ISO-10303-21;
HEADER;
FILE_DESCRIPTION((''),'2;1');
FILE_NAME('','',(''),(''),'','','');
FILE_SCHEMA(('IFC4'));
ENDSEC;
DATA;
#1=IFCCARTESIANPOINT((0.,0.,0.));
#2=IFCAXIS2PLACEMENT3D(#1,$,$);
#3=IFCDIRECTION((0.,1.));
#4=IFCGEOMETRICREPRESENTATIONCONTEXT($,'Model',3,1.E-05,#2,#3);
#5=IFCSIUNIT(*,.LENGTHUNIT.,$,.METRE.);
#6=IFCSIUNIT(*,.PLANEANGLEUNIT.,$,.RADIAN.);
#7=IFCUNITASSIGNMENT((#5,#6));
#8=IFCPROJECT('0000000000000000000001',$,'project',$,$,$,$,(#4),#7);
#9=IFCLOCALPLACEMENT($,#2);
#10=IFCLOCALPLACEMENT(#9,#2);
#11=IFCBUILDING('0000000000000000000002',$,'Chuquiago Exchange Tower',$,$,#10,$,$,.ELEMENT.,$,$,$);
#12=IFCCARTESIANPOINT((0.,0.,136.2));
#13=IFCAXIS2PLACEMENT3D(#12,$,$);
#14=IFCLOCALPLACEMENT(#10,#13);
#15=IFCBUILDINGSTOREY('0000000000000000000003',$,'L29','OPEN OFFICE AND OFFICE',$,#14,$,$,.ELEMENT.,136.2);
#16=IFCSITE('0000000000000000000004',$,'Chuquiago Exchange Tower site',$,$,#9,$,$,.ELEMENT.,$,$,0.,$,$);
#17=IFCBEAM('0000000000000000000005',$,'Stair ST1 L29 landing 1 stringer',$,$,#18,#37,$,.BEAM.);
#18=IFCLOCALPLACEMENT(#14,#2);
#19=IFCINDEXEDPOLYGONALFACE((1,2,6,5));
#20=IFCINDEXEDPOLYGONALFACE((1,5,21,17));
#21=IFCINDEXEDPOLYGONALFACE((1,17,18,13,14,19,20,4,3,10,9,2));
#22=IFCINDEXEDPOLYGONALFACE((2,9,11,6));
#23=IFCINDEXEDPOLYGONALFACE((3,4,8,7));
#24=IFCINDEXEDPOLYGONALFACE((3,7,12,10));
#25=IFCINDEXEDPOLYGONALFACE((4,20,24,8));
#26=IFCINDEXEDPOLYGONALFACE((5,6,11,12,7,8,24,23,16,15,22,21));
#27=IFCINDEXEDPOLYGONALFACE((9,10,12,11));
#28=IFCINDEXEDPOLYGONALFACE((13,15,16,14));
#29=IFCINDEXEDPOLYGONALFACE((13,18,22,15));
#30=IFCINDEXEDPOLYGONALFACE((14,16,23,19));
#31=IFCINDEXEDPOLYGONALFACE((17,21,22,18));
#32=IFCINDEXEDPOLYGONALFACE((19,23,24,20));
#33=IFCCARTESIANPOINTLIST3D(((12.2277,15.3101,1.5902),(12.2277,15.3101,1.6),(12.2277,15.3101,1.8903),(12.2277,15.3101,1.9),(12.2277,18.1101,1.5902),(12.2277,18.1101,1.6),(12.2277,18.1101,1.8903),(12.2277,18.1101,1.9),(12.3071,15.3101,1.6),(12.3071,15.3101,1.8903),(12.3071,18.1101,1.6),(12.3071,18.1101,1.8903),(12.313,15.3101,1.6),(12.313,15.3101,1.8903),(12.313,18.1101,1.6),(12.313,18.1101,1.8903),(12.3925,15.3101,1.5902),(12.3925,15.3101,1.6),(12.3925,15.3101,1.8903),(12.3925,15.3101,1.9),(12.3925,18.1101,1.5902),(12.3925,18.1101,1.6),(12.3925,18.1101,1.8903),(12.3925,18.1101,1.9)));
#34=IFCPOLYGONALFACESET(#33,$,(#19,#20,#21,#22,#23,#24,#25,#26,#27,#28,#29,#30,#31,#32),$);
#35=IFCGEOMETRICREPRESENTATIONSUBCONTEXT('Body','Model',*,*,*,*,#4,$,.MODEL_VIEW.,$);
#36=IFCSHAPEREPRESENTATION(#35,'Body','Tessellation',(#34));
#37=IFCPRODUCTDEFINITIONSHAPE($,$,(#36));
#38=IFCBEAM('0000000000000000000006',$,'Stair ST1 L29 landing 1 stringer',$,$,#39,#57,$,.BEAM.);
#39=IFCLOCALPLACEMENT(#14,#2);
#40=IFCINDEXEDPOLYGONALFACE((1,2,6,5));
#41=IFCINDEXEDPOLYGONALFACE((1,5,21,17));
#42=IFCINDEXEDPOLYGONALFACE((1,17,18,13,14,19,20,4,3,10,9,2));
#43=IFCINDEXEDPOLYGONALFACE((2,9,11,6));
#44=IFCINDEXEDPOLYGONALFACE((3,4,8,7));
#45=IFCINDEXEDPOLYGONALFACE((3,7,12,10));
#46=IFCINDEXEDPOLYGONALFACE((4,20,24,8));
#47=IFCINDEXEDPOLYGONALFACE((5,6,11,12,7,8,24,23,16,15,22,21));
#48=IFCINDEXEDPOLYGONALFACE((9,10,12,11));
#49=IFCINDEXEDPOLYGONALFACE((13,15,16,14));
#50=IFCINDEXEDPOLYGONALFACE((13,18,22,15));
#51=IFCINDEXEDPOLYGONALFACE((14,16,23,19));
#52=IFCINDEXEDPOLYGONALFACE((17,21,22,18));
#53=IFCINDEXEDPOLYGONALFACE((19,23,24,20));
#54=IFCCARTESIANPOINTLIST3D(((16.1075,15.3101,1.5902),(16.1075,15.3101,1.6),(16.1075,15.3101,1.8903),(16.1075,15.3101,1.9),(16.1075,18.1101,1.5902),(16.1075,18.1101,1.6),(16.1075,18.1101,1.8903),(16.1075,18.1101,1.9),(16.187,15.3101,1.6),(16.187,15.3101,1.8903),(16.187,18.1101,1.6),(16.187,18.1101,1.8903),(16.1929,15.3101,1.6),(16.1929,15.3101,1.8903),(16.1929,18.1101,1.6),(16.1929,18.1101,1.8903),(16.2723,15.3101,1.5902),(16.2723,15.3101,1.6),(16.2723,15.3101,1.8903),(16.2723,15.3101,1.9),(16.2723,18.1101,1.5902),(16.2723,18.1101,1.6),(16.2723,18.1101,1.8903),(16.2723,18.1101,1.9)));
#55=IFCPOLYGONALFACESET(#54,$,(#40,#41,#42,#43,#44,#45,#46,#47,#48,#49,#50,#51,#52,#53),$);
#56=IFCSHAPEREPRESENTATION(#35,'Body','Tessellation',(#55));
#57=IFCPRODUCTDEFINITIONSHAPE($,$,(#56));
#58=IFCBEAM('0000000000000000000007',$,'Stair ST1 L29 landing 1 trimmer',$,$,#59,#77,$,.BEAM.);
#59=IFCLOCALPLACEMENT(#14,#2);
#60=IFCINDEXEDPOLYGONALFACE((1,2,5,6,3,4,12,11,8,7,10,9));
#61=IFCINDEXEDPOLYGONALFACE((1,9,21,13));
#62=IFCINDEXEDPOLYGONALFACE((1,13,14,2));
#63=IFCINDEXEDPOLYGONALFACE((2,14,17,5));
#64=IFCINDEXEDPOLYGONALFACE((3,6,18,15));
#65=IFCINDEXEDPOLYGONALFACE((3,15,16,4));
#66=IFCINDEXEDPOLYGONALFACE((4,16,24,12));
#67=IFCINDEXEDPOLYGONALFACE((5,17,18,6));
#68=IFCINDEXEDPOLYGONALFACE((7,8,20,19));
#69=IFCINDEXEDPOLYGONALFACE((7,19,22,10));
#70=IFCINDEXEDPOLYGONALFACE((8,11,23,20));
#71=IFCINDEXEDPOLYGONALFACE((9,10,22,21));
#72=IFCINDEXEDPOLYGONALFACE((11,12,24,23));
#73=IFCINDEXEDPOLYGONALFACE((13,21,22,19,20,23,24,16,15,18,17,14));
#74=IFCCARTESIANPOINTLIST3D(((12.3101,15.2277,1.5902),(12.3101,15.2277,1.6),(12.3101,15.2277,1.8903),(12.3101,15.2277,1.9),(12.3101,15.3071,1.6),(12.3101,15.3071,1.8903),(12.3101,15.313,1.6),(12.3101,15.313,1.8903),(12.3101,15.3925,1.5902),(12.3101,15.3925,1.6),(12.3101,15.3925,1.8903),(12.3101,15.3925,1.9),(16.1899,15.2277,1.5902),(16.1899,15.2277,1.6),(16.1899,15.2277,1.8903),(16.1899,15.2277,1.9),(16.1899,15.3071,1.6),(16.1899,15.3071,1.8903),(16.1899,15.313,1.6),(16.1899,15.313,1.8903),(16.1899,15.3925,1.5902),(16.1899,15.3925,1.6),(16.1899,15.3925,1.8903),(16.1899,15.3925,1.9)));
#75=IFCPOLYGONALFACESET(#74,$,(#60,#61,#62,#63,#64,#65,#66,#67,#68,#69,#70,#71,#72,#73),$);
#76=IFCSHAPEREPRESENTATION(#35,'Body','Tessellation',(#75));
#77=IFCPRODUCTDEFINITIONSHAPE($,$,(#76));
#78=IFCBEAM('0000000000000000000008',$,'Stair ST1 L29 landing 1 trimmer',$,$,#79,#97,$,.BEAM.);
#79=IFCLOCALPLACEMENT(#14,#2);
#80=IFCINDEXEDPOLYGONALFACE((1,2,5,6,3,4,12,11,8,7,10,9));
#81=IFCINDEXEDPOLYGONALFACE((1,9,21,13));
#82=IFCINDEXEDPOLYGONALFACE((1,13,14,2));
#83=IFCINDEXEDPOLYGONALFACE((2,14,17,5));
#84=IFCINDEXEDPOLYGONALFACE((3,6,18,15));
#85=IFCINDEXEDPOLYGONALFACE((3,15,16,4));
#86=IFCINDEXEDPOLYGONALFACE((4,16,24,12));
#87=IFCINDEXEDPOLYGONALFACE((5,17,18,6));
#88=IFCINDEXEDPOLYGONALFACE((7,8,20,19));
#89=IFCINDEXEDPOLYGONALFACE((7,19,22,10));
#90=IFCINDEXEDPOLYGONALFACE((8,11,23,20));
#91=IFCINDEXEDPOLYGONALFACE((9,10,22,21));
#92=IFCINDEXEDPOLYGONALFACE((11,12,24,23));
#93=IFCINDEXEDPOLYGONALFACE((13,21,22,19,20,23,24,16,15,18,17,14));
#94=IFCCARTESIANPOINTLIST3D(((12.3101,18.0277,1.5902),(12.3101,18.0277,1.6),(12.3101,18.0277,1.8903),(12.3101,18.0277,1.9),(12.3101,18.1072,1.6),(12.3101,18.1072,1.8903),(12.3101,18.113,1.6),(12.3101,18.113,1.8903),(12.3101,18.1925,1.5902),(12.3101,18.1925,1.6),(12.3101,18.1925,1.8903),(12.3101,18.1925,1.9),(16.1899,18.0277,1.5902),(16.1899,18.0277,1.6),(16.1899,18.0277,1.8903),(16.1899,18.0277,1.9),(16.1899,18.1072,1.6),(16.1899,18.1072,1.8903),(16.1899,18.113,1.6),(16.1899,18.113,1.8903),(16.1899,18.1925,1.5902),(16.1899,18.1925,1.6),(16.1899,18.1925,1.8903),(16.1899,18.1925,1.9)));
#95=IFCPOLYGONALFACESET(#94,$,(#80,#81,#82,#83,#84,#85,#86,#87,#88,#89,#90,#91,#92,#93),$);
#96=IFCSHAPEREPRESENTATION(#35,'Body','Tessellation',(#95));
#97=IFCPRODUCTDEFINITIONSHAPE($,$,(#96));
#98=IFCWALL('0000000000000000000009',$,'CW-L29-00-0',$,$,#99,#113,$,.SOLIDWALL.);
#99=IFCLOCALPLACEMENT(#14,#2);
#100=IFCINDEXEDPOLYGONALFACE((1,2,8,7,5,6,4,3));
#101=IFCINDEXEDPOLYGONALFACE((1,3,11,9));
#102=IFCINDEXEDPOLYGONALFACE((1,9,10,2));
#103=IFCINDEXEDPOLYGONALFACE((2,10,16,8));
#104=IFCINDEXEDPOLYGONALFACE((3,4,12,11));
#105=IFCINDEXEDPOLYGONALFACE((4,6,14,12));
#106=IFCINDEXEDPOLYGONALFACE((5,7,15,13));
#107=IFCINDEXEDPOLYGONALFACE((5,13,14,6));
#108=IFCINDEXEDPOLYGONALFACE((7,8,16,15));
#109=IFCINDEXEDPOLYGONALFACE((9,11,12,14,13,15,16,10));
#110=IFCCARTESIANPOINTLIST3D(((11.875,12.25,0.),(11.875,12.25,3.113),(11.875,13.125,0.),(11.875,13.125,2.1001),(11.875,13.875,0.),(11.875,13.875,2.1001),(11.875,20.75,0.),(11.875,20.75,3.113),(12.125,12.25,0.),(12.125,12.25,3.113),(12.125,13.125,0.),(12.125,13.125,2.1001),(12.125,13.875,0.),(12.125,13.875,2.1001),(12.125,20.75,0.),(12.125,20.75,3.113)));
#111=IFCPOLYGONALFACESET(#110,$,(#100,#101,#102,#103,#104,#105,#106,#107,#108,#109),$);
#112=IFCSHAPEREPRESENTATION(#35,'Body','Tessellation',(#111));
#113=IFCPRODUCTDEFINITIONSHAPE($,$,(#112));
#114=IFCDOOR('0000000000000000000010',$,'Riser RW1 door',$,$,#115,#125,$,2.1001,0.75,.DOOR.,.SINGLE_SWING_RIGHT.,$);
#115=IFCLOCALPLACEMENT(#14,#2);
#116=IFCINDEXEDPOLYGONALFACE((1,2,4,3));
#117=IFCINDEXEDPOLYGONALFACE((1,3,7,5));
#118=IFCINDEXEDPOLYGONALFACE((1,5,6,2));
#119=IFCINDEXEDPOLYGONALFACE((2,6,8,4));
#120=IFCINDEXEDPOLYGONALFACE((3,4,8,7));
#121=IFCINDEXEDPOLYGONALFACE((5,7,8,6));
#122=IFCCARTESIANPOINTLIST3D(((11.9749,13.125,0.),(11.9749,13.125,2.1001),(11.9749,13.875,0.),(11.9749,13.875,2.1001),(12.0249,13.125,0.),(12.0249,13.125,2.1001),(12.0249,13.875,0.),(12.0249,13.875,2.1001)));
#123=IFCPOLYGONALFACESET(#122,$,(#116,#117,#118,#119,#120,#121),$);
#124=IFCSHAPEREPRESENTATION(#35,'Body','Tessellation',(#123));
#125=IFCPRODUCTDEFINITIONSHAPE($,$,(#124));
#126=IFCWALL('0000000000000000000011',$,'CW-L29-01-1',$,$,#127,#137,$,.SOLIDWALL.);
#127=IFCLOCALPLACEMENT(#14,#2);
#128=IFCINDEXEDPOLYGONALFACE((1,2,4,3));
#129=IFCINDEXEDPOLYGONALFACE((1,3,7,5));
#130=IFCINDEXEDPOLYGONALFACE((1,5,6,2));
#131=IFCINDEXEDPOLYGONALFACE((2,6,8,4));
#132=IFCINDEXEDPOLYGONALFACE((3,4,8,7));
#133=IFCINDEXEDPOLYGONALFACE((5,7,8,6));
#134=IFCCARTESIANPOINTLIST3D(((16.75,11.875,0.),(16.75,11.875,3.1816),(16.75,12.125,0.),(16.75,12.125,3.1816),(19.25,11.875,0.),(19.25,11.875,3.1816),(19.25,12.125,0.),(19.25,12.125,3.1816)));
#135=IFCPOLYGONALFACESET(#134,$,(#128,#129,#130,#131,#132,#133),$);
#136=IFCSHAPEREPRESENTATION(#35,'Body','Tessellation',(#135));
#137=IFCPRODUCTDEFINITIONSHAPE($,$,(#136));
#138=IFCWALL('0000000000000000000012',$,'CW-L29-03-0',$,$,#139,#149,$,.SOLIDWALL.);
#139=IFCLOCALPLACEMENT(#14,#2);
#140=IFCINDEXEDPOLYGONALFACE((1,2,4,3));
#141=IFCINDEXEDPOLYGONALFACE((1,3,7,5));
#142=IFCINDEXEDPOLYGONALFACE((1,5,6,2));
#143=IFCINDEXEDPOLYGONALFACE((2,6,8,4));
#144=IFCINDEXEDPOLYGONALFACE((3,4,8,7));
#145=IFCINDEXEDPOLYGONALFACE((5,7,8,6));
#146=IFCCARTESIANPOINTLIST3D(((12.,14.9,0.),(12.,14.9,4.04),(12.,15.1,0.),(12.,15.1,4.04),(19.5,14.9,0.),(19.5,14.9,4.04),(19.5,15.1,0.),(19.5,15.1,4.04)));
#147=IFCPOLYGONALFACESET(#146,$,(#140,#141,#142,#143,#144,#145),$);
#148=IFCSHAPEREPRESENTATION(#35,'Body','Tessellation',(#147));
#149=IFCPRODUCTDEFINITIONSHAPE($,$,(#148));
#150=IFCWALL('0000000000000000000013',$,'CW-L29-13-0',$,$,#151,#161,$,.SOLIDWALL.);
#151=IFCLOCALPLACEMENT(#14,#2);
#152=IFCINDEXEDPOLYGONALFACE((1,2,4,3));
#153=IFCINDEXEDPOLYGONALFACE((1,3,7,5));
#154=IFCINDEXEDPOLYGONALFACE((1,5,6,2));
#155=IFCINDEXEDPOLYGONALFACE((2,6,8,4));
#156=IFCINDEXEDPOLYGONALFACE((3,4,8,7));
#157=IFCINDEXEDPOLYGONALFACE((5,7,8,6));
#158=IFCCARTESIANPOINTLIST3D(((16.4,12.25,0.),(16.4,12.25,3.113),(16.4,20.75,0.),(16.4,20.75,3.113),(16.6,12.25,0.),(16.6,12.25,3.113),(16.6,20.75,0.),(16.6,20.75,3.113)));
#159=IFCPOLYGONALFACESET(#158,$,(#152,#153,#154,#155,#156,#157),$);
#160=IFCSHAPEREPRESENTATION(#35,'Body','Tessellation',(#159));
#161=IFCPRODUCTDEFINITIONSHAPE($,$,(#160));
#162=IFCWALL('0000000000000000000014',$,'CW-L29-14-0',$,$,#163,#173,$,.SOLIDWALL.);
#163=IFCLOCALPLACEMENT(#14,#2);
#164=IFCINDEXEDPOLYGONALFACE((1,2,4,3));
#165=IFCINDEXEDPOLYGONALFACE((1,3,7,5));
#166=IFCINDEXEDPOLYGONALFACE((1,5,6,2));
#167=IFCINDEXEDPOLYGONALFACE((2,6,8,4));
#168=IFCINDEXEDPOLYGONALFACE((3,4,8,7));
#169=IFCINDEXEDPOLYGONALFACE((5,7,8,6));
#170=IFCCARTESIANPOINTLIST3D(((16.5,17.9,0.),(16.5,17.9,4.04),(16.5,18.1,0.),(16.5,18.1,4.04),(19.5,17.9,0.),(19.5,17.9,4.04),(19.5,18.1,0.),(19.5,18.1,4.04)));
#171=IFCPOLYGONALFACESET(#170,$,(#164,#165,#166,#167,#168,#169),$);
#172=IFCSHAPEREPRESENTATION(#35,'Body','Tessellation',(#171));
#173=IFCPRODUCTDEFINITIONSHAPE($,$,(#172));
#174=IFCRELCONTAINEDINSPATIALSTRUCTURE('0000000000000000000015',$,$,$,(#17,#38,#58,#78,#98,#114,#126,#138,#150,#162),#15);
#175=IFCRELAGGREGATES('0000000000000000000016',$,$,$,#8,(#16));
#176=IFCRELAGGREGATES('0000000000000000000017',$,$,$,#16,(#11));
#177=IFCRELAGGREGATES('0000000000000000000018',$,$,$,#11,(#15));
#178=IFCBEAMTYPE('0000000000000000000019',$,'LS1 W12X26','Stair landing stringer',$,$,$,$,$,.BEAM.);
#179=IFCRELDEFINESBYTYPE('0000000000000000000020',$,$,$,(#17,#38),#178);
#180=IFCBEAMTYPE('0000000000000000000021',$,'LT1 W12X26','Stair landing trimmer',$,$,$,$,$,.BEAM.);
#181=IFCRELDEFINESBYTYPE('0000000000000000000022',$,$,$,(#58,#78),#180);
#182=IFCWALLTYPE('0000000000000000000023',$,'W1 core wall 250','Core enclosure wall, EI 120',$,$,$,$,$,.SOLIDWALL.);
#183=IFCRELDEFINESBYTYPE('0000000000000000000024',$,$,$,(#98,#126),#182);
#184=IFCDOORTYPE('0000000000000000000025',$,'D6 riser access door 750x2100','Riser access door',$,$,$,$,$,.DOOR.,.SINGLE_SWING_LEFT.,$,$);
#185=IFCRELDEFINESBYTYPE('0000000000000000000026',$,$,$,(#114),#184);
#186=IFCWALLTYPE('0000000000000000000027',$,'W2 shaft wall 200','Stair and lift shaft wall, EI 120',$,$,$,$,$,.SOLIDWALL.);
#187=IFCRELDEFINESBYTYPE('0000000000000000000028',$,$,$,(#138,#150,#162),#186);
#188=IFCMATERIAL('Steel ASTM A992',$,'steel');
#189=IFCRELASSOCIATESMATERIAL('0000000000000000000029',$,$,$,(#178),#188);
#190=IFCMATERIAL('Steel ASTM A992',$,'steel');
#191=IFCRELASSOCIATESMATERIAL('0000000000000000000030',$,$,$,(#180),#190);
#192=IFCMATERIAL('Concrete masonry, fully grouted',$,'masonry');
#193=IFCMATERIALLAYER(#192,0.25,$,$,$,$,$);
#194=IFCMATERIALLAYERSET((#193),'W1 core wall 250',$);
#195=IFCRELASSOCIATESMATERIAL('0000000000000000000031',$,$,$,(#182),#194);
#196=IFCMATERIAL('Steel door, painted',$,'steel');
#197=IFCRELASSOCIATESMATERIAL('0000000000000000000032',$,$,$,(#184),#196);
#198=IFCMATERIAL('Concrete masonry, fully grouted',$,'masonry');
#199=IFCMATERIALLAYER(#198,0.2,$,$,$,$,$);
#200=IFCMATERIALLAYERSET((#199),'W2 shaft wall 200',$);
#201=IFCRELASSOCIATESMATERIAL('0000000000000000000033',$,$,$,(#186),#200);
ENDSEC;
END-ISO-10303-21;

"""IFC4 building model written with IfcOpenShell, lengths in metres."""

from ifc_helpers import new_model, si_unit, direction, frame, frame_2d, origin, origin_2d, place, context, subcontext, project, spatial, rectangle, i_section, extrude, material, layer, layer_set, material_profile, profile_set, type_object, element, fill, save


model = new_model("IFC4")

# Units and contexts
model_context = context("Model", 3, precision=1e-05, world=origin(), true_north=direction((0.0, 1.0)))
body_context = subcontext(model_context, "Body", "Model", "MODEL_VIEW")
ifc_project = project(units=[si_unit("LENGTHUNIT", "METRE"), si_unit("PLANEANGLEUNIT", "RADIAN")], contexts=[model_context])

# Site, building, storey
site_placement = place(None, origin())
site = spatial("IfcSite", under=ifc_project, at=site_placement, Name="Chuquiago Exchange Tower site", CompositionType="ELEMENT", RefElevation=0.0)
building_placement = place(site_placement, origin())
building = spatial("IfcBuilding", under=site, at=building_placement, Name="Chuquiago Exchange Tower", CompositionType="ELEMENT")
storey_placement = place(building_placement, frame((0.0, 0.0, 136.2)))
storey = spatial("IfcBuildingStorey", under=building, at=storey_placement, Name="L29", Description="OPEN OFFICE AND OFFICE", CompositionType="ELEMENT", Elevation=136.2)

# Beams
ifc_material_1 = material(Name="Steel ASTM A992", Category="steel")
ifc_material_profile_1 = material_profile(ifc_material_1, i_section(OverallWidth=0.1648, OverallDepth=0.3098, WebThickness=0.0059, FlangeThickness=0.0098, at=origin_2d()), Name="W12X26")
ifc_profile_set_1 = profile_set([ifc_material_profile_1], Name="Steel ASTM A992")
beam_type_1 = type_object("IfcBeamType", Name="LS1 W12X26", Description="Stair landing stringer", PredefinedType="BEAM", material=ifc_profile_set_1)
for number, where, z_axis, x_axis, name in (
    (1, (12.3101, 15.3101, 1.7451), (0.0, 1.0, 0.0), (-1.0, 0.0, 0.0), "Stair ST1 L29 landing 1 stringer"),
    (2, (16.1899, 15.3101, 1.7451), (0.0, 1.0, 0.0), (-1.0, 0.0, 0.0), "Stair ST1 L29 landing 1 stringer"),
):
    element("IfcBeam", number, at=place(storey_placement, frame(where, z_axis=z_axis, x_axis=x_axis)), inside=storey, type_object=beam_type_1, Name=name, PredefinedType="BEAM", context=body_context, shape_type="SweptSolid", body=[
        extrude(i_section(OverallWidth=0.1648, OverallDepth=0.3098, WebThickness=0.0059, FlangeThickness=0.0098, at=origin_2d()), origin(), (0.0, 0.0, 1.0), 2.8),
    ])
ifc_material_2 = material(Name="Steel ASTM A992", Category="steel")
ifc_material_profile_2 = material_profile(ifc_material_2, i_section(OverallWidth=0.1648, OverallDepth=0.3098, WebThickness=0.0059, FlangeThickness=0.0098, at=origin_2d()), Name="W12X26")
ifc_profile_set_2 = profile_set([ifc_material_profile_2], Name="Steel ASTM A992")
beam_type_2 = type_object("IfcBeamType", Name="LT1 W12X26", Description="Stair landing trimmer", PredefinedType="BEAM", material=ifc_profile_set_2)
for number, where, z_axis, x_axis, name in (
    (3, (12.3101, 15.3101, 1.7451), (1.0, 0.0, 0.0), (0.0, 1.0, 0.0), "Stair ST1 L29 landing 1 trimmer"),
    (4, (12.3101, 18.1101, 1.7451), (1.0, 0.0, 0.0), (0.0, 1.0, 0.0), "Stair ST1 L29 landing 1 trimmer"),
):
    element("IfcBeam", number, at=place(storey_placement, frame(where, z_axis=z_axis, x_axis=x_axis)), inside=storey, type_object=beam_type_2, Name=name, PredefinedType="BEAM", context=body_context, shape_type="SweptSolid", body=[
        extrude(i_section(OverallWidth=0.1648, OverallDepth=0.3098, WebThickness=0.0059, FlangeThickness=0.0098, at=origin_2d()), origin(), (0.0, 0.0, 1.0), 3.8799),
    ])

# Wall, opening, door
ifc_material_3 = material(Name="Concrete masonry, fully grouted", Category="masonry")
ifc_layer_1 = layer(ifc_material_3, 0.25)
ifc_layer_set_1 = layer_set([ifc_layer_1], Name="W1 core wall 250")
wall_type_1 = type_object("IfcWallType", Name="W1 core wall 250", Description="Core enclosure wall, EI 120", PredefinedType="SOLIDWALL", material=ifc_layer_set_1)
wall_1_placement = place(storey_placement, frame((12.0, 12.25, 0.0), z_axis=(0.0, 0.0, 1.0), x_axis=(0.0, 1.0, 0.0)))
wall_1 = element("IfcWall", 5, at=wall_1_placement, inside=storey, type_object=wall_type_1, Name="CW-L29-00-0", PredefinedType="SOLIDWALL", context=body_context, shape_type="SweptSolid", body=[
    extrude(rectangle(XDim=8.5, YDim=0.25, at=frame_2d((4.25, 0.0))), origin(), (0.0, 0.0, 1.0), 3.113),
])
opening_placement = place(wall_1_placement, frame((0.875, 0.0, 0.0)))
opening = element("IfcOpeningElement", 6, at=opening_placement, cuts=wall_1, PredefinedType="OPENING", context=body_context, shape_type="SweptSolid", body=[
    extrude(rectangle(XDim=0.75, YDim=2.1001, at=frame_2d((0.375, 1.05))), frame((0.0, 0.135, 0.0), z_axis=(0.0, -1.0, 0.0), x_axis=(1.0, 0.0, 0.0)), (0.0, 0.0, 1.0), 0.27),
])
ifc_material_4 = material(Name="Steel door, painted", Category="steel")
door_type = type_object("IfcDoorType", Name="D6 riser access door 750x2100", Description="Riser access door", OperationType="SINGLE_SWING_LEFT", PredefinedType="DOOR", material=ifc_material_4)
door_placement = place(opening_placement, frame((0.75, 0.0, 0.0), z_axis=(0.0, 0.0, 1.0), x_axis=(-1.0, 0.0, 0.0)))
door = element("IfcDoor", 7, at=door_placement, inside=storey, type_object=door_type, Name="Riser RW1 door", OperationType="SINGLE_SWING_RIGHT", OverallHeight=2.1001, OverallWidth=0.75, PredefinedType="DOOR", context=body_context, shape_type="SweptSolid", body=[
    extrude(rectangle(XDim=0.75, YDim=2.1001, at=frame_2d((0.375, 1.05))), frame((0.0, 0.0249, 0.0), z_axis=(0.0, -1.0, 0.0), x_axis=(1.0, 0.0, 0.0)), (0.0, 0.0, 1.0), 0.05),
])
fill(opening, door)

# Walls
wall_2_placement = place(storey_placement, frame((16.75, 12.0, 0.0), z_axis=(0.0, 0.0, 1.0), x_axis=(1.0, 0.0, 0.0)))
element("IfcWall", 8, at=wall_2_placement, inside=storey, type_object=wall_type_1, Name="CW-L29-01-1", PredefinedType="SOLIDWALL", context=body_context, shape_type="SweptSolid", body=[
    extrude(rectangle(XDim=2.5, YDim=0.25, at=frame_2d((1.25, 0.0))), origin(), (0.0, 0.0, 1.0), 3.1816),
])
ifc_material_5 = material(Name="Concrete masonry, fully grouted", Category="masonry")
ifc_layer_2 = layer(ifc_material_5, 0.2)
ifc_layer_set_2 = layer_set([ifc_layer_2], Name="W2 shaft wall 200")
wall_type_2 = type_object("IfcWallType", Name="W2 shaft wall 200", Description="Stair and lift shaft wall, EI 120", PredefinedType="SOLIDWALL", material=ifc_layer_set_2)
wall_3_placement = place(storey_placement, frame((12.0, 15.0, 0.0), z_axis=(0.0, 0.0, 1.0), x_axis=(1.0, 0.0, 0.0)))
element("IfcWall", 9, at=wall_3_placement, inside=storey, type_object=wall_type_2, Name="CW-L29-03-0", PredefinedType="SOLIDWALL", context=body_context, shape_type="SweptSolid", body=[
    extrude(rectangle(XDim=7.5, YDim=0.2, at=frame_2d((3.75, 0.0))), origin(), (0.0, 0.0, 1.0), 4.04),
])
wall_4_placement = place(storey_placement, frame((16.5, 12.25, 0.0), z_axis=(0.0, 0.0, 1.0), x_axis=(0.0, 1.0, 0.0)))
element("IfcWall", 10, at=wall_4_placement, inside=storey, type_object=wall_type_2, Name="CW-L29-13-0", PredefinedType="SOLIDWALL", context=body_context, shape_type="SweptSolid", body=[
    extrude(rectangle(XDim=8.5, YDim=0.2, at=frame_2d((4.25, 0.0))), origin(), (0.0, 0.0, 1.0), 3.113),
])
wall_5_placement = place(storey_placement, frame((16.5, 18.0, 0.0), z_axis=(0.0, 0.0, 1.0), x_axis=(1.0, 0.0, 0.0)))
element("IfcWall", 11, at=wall_5_placement, inside=storey, type_object=wall_type_2, Name="CW-L29-14-0", PredefinedType="SOLIDWALL", context=body_context, shape_type="SweptSolid", body=[
    extrude(rectangle(XDim=3.0, YDim=0.2, at=frame_2d((1.5, 0.0))), origin(), (0.0, 0.0, 1.0), 4.04),
])

save(model, "model.ifc")
